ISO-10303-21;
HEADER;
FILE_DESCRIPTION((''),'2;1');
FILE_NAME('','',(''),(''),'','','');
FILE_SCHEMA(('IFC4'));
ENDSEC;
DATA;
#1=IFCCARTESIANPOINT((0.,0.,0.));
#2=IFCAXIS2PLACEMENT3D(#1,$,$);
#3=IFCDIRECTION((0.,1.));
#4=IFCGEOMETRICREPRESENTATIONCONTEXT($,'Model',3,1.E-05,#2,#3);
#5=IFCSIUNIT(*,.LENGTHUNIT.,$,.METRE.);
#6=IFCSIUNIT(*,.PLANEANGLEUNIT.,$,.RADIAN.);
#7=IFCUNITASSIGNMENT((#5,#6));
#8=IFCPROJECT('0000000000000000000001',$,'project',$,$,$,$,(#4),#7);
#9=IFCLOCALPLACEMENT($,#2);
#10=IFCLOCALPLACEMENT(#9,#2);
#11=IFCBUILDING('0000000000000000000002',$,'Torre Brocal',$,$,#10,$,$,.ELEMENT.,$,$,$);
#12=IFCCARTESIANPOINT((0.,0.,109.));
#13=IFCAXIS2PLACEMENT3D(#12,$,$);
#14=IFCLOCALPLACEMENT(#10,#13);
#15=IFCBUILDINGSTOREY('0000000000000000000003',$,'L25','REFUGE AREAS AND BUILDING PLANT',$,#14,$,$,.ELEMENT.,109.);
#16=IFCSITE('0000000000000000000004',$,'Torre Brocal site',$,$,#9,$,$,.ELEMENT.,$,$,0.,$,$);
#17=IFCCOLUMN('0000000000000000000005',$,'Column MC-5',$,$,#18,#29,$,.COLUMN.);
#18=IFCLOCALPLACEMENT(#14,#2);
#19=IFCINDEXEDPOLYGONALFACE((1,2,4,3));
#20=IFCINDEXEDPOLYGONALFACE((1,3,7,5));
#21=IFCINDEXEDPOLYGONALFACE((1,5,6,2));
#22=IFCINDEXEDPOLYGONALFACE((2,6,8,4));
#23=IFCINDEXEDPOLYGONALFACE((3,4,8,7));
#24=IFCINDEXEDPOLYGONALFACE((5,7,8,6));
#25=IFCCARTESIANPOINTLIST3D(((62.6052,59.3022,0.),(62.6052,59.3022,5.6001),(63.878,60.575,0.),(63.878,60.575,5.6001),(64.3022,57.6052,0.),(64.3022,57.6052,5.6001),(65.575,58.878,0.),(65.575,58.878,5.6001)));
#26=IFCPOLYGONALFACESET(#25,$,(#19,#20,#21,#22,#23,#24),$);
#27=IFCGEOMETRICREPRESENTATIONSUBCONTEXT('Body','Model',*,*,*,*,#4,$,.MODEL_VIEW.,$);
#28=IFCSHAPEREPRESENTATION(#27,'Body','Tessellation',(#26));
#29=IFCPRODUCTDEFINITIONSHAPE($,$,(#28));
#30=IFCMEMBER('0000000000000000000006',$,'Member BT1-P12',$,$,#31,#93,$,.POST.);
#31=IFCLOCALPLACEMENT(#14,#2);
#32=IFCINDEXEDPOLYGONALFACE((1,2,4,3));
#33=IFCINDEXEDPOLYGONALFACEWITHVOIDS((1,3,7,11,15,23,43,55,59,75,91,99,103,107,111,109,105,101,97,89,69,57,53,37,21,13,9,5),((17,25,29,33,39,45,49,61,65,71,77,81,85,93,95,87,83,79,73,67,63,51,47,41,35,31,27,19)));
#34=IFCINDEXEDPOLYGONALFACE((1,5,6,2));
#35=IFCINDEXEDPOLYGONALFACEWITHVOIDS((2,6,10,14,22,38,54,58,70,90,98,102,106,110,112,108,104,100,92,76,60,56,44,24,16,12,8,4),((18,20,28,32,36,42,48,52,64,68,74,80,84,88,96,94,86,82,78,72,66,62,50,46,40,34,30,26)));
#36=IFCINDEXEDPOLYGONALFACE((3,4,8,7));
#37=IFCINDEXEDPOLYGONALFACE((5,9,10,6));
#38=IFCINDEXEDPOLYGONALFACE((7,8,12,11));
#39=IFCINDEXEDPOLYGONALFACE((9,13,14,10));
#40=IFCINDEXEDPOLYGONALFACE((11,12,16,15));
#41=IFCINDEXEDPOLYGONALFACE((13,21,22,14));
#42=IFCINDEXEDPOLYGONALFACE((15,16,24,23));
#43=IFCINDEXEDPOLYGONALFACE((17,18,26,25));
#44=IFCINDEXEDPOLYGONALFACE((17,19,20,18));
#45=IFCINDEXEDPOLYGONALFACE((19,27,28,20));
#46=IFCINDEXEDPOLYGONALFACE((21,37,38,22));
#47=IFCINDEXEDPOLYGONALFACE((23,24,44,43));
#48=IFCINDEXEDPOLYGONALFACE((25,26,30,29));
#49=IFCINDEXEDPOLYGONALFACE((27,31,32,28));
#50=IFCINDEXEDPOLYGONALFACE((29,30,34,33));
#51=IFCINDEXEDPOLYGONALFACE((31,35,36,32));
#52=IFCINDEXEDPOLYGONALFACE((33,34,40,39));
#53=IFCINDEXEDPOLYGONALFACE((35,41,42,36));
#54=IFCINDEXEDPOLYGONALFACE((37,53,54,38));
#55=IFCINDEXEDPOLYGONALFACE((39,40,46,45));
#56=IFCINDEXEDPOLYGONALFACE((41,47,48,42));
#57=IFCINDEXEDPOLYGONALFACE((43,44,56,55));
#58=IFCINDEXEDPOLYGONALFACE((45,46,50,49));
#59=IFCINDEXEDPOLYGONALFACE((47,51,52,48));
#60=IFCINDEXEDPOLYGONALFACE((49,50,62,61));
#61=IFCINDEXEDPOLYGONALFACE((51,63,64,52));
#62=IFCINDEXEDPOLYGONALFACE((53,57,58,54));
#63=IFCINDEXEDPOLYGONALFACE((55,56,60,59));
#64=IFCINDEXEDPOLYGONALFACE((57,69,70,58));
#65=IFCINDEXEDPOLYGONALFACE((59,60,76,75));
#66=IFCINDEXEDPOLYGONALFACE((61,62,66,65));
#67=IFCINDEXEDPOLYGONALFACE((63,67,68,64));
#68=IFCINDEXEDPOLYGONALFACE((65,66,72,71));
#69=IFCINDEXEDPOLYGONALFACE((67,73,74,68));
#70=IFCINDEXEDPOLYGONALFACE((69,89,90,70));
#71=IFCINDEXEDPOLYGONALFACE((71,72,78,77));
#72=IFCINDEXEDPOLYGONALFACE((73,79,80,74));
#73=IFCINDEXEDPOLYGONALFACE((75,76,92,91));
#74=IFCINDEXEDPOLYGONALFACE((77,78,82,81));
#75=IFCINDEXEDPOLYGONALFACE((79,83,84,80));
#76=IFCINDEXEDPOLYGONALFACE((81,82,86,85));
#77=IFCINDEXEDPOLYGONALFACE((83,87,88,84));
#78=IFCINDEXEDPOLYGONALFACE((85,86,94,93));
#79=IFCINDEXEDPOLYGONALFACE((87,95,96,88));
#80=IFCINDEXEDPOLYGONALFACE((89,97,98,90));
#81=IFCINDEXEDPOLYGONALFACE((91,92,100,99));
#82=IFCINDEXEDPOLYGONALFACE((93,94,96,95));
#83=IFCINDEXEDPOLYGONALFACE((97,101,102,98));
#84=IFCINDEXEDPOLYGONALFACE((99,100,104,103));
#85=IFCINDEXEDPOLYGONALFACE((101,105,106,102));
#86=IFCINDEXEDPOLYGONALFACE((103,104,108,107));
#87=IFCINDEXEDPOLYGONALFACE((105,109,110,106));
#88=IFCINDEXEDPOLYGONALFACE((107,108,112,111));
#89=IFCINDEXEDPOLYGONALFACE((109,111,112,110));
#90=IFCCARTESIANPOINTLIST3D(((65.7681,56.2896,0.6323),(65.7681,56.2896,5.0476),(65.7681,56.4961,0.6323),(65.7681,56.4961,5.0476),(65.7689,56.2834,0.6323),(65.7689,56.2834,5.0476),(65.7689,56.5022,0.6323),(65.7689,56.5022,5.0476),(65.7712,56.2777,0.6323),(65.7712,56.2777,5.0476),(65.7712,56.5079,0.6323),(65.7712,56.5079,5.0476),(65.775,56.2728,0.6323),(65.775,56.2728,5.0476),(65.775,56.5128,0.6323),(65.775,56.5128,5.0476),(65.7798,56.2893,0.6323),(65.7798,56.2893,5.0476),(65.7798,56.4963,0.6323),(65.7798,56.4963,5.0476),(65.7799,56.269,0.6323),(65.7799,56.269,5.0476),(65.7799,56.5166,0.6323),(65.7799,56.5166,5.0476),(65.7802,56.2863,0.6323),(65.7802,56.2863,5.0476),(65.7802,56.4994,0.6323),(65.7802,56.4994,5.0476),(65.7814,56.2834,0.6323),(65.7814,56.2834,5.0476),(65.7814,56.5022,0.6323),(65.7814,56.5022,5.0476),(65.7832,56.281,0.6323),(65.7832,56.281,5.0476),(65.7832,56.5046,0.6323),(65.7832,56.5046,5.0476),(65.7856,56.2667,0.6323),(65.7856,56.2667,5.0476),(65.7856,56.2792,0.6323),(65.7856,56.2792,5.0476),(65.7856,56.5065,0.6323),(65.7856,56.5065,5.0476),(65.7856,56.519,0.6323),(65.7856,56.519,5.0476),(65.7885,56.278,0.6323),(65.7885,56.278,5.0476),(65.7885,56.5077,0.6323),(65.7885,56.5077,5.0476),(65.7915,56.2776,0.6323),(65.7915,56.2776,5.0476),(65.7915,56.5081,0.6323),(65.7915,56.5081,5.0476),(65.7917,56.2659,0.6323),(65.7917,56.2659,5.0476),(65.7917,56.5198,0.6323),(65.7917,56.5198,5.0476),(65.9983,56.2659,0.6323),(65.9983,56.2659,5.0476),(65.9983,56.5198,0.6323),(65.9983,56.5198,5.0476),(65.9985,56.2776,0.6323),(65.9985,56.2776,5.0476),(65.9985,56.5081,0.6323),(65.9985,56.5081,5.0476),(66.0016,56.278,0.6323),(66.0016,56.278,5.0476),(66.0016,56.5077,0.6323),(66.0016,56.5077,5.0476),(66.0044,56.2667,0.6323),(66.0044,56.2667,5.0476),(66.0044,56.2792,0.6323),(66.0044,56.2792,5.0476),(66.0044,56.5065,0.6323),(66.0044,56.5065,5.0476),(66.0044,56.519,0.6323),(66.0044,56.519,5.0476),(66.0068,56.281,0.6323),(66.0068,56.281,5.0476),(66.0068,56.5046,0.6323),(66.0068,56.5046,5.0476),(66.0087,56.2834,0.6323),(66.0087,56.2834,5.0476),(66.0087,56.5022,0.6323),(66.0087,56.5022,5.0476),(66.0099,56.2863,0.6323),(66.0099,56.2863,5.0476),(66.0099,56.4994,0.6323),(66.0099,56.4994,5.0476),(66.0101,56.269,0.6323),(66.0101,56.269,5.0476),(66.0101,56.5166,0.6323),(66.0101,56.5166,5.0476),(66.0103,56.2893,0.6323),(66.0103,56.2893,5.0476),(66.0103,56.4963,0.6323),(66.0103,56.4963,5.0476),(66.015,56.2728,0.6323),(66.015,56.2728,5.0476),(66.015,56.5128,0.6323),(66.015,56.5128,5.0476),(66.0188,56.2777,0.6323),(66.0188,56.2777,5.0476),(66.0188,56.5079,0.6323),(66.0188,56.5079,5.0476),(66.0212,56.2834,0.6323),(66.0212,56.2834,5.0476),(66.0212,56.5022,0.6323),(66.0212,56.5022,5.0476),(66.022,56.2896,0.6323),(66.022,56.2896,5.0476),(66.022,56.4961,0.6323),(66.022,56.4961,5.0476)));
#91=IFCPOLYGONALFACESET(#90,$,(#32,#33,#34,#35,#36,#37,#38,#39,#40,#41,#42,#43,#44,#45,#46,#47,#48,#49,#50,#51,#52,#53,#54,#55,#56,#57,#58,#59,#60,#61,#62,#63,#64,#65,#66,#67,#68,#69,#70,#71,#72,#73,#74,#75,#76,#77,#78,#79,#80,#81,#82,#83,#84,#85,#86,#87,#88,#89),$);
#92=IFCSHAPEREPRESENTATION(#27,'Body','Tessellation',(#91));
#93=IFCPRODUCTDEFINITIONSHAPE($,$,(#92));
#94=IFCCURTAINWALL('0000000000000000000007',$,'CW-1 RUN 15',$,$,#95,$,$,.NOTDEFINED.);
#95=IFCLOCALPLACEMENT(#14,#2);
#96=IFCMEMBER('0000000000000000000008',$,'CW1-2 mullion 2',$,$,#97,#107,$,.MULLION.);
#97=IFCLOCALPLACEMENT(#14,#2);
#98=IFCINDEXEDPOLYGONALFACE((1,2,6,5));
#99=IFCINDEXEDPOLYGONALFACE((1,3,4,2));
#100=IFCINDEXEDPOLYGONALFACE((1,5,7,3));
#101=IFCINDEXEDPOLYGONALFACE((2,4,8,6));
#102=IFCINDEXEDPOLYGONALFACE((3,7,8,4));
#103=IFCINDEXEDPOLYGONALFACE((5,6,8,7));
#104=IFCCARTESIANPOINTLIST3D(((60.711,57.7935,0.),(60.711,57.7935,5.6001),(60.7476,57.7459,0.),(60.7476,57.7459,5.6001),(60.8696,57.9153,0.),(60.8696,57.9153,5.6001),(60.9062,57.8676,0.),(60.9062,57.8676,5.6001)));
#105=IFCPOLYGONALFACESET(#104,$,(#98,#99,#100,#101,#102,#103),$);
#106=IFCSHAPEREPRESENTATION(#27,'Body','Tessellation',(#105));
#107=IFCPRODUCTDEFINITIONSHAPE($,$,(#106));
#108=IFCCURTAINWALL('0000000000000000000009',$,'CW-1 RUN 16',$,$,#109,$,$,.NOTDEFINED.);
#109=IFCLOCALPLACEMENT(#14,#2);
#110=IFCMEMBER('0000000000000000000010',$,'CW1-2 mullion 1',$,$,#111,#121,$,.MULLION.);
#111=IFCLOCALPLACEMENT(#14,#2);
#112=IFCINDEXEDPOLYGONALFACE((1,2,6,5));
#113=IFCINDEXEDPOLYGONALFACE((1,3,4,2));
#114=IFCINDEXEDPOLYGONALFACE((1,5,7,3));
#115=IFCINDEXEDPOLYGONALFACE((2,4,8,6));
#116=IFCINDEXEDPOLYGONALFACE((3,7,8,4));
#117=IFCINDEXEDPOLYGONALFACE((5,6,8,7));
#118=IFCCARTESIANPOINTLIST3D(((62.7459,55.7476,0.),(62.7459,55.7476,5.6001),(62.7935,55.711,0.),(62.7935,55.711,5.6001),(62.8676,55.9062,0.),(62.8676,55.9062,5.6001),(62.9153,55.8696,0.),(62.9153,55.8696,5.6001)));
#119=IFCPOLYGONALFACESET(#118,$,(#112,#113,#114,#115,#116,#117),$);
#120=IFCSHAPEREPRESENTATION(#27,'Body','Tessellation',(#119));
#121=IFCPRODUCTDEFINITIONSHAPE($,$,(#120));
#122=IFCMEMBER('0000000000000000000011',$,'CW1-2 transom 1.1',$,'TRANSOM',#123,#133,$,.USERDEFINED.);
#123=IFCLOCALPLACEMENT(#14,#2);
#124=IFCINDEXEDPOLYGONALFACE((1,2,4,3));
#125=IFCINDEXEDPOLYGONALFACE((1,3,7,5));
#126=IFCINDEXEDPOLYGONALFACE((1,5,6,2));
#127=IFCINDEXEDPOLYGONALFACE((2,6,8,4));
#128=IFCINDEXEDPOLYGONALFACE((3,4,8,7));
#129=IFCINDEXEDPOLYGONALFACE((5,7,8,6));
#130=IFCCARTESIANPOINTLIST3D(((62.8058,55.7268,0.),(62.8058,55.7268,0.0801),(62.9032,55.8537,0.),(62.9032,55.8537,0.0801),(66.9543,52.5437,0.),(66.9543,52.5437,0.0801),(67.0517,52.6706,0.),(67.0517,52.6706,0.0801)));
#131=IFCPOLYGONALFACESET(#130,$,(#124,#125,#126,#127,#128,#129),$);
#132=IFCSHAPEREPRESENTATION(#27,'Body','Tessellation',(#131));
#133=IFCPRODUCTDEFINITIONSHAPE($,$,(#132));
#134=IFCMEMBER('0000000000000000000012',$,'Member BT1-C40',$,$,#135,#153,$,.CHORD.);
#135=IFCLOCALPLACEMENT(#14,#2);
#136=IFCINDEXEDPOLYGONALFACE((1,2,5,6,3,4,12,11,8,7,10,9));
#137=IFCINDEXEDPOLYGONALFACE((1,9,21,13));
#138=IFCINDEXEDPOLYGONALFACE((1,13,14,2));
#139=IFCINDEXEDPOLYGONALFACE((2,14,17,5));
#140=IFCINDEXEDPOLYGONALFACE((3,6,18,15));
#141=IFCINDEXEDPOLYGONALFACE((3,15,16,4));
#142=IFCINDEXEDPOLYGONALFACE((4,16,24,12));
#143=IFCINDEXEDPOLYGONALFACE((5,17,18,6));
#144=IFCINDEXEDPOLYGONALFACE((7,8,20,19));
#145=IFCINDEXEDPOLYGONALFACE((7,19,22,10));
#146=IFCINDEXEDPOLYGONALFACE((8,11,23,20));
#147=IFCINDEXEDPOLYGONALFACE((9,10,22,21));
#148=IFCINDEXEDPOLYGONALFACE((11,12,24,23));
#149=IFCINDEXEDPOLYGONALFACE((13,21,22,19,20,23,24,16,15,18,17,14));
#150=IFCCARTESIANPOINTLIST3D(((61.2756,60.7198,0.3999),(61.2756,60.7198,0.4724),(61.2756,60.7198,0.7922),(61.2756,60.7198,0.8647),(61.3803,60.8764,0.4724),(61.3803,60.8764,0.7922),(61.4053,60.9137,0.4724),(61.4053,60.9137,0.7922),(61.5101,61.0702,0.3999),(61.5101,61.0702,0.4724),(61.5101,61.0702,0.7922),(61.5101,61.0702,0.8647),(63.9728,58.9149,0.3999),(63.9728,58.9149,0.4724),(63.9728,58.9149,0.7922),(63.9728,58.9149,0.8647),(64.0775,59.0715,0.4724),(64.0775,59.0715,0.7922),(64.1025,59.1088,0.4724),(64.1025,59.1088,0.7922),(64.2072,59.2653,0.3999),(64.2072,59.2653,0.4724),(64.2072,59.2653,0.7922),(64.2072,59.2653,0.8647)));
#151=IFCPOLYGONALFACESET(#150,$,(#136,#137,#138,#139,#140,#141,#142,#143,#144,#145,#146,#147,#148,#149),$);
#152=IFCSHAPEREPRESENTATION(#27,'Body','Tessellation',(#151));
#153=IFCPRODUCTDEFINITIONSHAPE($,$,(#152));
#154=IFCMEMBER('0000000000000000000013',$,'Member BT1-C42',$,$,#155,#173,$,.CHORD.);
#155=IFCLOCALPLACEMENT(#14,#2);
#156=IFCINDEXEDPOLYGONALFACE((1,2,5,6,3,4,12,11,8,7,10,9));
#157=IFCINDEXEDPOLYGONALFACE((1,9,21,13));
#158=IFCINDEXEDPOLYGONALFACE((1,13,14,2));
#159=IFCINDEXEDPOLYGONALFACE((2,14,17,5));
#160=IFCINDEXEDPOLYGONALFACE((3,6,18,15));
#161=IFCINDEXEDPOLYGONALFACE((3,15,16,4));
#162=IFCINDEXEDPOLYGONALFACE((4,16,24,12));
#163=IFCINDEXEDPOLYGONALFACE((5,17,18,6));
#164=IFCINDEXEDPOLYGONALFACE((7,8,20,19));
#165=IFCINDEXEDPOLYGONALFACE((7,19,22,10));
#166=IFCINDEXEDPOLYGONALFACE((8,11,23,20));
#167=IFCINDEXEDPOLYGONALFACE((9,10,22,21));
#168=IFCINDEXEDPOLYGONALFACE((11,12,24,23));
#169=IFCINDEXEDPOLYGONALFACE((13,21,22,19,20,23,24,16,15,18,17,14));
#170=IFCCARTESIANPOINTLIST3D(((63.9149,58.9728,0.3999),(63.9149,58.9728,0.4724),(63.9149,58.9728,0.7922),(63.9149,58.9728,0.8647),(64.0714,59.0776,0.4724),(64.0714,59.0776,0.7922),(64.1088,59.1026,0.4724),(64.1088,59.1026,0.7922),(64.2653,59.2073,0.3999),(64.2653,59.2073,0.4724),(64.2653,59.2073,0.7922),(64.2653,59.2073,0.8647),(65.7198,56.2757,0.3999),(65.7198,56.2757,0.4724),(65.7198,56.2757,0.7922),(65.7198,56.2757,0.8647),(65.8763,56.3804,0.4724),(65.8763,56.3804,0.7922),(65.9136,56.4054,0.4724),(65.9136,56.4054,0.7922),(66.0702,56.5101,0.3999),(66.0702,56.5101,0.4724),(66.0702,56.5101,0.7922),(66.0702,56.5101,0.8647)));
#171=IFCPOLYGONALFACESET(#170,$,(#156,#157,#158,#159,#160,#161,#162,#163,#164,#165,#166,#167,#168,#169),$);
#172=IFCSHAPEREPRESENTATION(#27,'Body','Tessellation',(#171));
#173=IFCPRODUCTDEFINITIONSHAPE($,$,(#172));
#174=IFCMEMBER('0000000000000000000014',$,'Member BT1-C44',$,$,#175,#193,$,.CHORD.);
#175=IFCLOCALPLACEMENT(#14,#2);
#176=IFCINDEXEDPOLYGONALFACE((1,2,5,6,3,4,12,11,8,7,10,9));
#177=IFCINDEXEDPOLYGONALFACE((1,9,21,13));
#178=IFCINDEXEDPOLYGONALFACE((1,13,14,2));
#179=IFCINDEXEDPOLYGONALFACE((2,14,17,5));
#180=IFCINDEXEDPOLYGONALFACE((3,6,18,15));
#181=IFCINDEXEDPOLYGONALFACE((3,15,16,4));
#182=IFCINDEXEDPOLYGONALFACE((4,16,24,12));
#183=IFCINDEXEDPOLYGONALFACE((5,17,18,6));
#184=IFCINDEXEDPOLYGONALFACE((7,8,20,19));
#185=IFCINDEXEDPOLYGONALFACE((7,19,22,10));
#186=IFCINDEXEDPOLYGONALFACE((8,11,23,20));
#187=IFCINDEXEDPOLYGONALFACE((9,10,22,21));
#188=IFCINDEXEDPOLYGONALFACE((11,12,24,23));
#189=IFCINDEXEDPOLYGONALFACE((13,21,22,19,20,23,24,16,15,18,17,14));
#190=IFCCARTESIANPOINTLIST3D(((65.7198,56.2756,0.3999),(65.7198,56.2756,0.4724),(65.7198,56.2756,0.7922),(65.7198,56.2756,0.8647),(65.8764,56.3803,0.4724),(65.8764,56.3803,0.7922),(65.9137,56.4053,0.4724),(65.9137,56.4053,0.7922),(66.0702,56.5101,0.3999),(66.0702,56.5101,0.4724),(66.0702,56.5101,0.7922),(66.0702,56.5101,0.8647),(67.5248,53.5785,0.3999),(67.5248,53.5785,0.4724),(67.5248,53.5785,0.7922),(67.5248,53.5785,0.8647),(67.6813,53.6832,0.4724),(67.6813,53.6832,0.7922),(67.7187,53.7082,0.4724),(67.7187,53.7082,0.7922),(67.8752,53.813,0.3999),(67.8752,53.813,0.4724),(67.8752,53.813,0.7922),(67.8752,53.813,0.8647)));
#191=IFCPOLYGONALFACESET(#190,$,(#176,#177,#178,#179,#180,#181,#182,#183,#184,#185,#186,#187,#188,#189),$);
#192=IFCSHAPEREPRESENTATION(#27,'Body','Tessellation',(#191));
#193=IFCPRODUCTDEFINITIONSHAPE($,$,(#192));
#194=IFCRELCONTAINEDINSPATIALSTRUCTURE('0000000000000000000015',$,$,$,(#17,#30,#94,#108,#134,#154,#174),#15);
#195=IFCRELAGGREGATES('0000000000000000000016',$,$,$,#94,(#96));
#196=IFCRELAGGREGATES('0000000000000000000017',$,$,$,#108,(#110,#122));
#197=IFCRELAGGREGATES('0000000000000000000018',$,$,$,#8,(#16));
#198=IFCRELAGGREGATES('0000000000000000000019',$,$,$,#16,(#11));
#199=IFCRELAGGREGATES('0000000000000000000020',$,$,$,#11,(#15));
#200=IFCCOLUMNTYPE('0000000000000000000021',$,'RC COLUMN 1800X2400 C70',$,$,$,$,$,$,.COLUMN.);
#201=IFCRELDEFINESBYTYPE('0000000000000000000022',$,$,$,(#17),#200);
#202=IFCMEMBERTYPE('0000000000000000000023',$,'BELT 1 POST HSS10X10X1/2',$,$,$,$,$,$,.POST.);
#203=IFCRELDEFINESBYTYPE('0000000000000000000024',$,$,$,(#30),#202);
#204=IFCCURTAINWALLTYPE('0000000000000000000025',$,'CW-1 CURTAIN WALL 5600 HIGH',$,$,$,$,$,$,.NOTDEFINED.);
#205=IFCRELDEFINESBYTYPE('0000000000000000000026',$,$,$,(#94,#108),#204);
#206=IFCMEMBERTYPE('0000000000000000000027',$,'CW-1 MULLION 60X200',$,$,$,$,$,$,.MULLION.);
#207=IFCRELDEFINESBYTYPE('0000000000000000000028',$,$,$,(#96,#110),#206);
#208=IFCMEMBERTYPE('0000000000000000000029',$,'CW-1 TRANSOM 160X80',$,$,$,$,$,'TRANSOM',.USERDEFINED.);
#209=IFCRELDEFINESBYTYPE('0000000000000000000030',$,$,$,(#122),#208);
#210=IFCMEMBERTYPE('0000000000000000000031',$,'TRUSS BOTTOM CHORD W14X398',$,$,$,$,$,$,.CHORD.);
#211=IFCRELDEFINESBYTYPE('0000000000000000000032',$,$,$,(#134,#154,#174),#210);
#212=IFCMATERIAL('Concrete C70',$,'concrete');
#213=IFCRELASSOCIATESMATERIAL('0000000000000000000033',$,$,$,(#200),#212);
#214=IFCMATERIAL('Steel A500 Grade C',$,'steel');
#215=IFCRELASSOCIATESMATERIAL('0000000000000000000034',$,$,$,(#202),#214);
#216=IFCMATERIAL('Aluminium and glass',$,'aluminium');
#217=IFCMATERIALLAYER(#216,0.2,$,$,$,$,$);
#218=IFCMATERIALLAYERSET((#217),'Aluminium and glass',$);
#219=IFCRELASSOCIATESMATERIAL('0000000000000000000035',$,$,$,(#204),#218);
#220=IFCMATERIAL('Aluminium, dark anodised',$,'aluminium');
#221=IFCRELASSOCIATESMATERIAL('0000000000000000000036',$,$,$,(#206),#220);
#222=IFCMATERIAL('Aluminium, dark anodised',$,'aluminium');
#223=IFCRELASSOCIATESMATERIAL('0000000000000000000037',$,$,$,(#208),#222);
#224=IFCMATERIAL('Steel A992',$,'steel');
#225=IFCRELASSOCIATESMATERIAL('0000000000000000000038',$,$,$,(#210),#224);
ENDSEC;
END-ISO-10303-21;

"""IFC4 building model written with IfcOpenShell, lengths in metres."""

from ifc_helpers import new_model, si_unit, direction, frame, origin, origin_2d, place, context, subcontext, project, spatial, rectangle, hollow_rectangle, i_section, extrude, material, layer, layer_set, material_profile, profile_set, type_object, element, aggregate, save


model = new_model("IFC4")

# Units and contexts
model_context = context("Model", 3, precision=1e-05, world=origin(), true_north=direction((0.0, 1.0)))
body_context = subcontext(model_context, "Body", "Model", "MODEL_VIEW")
ifc_project = project(units=[si_unit("LENGTHUNIT", "METRE"), si_unit("PLANEANGLEUNIT", "RADIAN")], contexts=[model_context])

# Site, building, storey
site_placement = place(None, origin())
site = spatial("IfcSite", under=ifc_project, at=site_placement, Name="Torre Brocal site", CompositionType="ELEMENT", RefElevation=0.0)
building_placement = place(site_placement, origin())
building = spatial("IfcBuilding", under=site, at=building_placement, Name="Torre Brocal", CompositionType="ELEMENT")
storey_placement = place(building_placement, frame((0.0, 0.0, 109.0)))
storey = spatial("IfcBuildingStorey", under=building, at=storey_placement, Name="L25", Description="REFUGE AREAS AND BUILDING PLANT", CompositionType="ELEMENT", Elevation=109.0)

# Column
ifc_material_1 = material(Name="Concrete C70", Category="concrete")
ifc_material_profile_1 = material_profile(ifc_material_1, rectangle(XDim=1.8, YDim=2.3999, at=origin_2d()), Name="RC 1800X2400")
ifc_profile_set_1 = profile_set([ifc_material_profile_1], Name="Concrete C70")
column_type = type_object("IfcColumnType", Name="RC COLUMN 1800X2400 C70", PredefinedType="COLUMN", material=ifc_profile_set_1)
column_placement = place(storey_placement, frame((64.0901, 59.0901, 0.0), z_axis=(0.0, 0.0, 1.0), x_axis=(-0.707107, -0.707107, 0.0)))
element("IfcColumn", 1, at=column_placement, inside=storey, type_object=column_type, Name="Column MC-5", PredefinedType="COLUMN", context=body_context, shape_type="SweptSolid", body=[
    extrude(rectangle(XDim=1.8, YDim=2.3999, at=origin_2d()), origin(), (0.0, 0.0, 1.0), 5.6001),
])

# Member
ifc_material_2 = material(Name="Steel A500 Grade C", Category="steel")
ifc_material_profile_2 = material_profile(ifc_material_2, hollow_rectangle(XDim=0.2539, YDim=0.2539, WallThickness=0.0117, InnerFilletRadius=0.0117, OuterFilletRadius=0.0237, at=origin_2d()), Name="HSS10X10X1/2")
ifc_profile_set_2 = profile_set([ifc_material_profile_2], Name="Steel A500 Grade C")
member_type_1 = type_object("IfcMemberType", Name="BELT 1 POST HSS10X10X1/2", PredefinedType="POST", material=ifc_profile_set_2)
member_1_placement = place(storey_placement, frame((65.895, 56.3928, 0.6323), z_axis=(0.0, 0.0, 1.0), x_axis=(1.0, 0.0, 0.0)))
element("IfcMember", 2, at=member_1_placement, inside=storey, type_object=member_type_1, Name="Member BT1-P12", PredefinedType="POST", context=body_context, shape_type="SweptSolid", body=[
    extrude(hollow_rectangle(XDim=0.2539, YDim=0.2539, WallThickness=0.0117, InnerFilletRadius=0.0117, OuterFilletRadius=0.0237, at=origin_2d()), origin(), (0.0, 0.0, 1.0), 4.4153),
])

# Curtain wall, member
ifc_material_3 = material(Name="Aluminium and glass", Category="aluminium")
ifc_layer_1 = layer(ifc_material_3, 0.2)
ifc_layer_set_1 = layer_set([ifc_layer_1], Name="Aluminium and glass")
curtain_wall_type = type_object("IfcCurtainWallType", Name="CW-1 CURTAIN WALL 5600 HIGH", PredefinedType="NOTDEFINED", material=ifc_layer_set_1)
curtain_wall_1_placement = place(storey_placement, origin())
curtain_wall_1 = element("IfcCurtainWall", 3, at=curtain_wall_1_placement, inside=storey, type_object=curtain_wall_type, Name="CW-1 RUN 15", PredefinedType="NOTDEFINED")
ifc_material_4 = material(Name="Aluminium, dark anodised", Category="aluminium")
ifc_material_profile_3 = material_profile(ifc_material_4, rectangle(XDim=0.2, YDim=0.0601, at=origin_2d()), Name="CW-1 MULLION 60X200")
ifc_profile_set_3 = profile_set([ifc_material_profile_3], Name="Aluminium, dark anodised")
member_type_2 = type_object("IfcMemberType", Name="CW-1 MULLION 60X200", PredefinedType="MULLION", material=ifc_profile_set_3)
member_2_placement = place(storey_placement, frame((60.8086, 57.8306, 0.0), z_axis=(0.0, 0.0, 1.0), x_axis=(0.793353, 0.608761, 0.0)))
member_2 = element("IfcMember", 4, at=member_2_placement, type_object=member_type_2, Name="CW1-2 mullion 2", PredefinedType="MULLION", context=body_context, shape_type="SweptSolid", body=[
    extrude(rectangle(XDim=0.2, YDim=0.0601, at=origin_2d()), origin(), (0.0, 0.0, 1.0), 5.6001),
])

# Curtain wall, members
curtain_wall_2_placement = place(storey_placement, origin())
curtain_wall_2 = element("IfcCurtainWall", 5, at=curtain_wall_2_placement, inside=storey, type_object=curtain_wall_type, Name="CW-1 RUN 16", PredefinedType="NOTDEFINED")
member_3_placement = place(storey_placement, frame((62.8306, 55.8086, 0.0), z_axis=(0.0, 0.0, 1.0), x_axis=(0.608761, 0.793353, 0.0)))
member_3 = element("IfcMember", 6, at=member_3_placement, type_object=member_type_2, Name="CW1-2 mullion 1", PredefinedType="MULLION", context=body_context, shape_type="SweptSolid", body=[
    extrude(rectangle(XDim=0.2, YDim=0.0601, at=origin_2d()), origin(), (0.0, 0.0, 1.0), 5.6001),
])
ifc_material_5 = material(Name="Aluminium, dark anodised", Category="aluminium")
ifc_material_profile_4 = material_profile(ifc_material_5, rectangle(XDim=0.1599, YDim=0.0801, at=origin_2d()), Name="CW-1 TRANSOM 160X80")
ifc_profile_set_4 = profile_set([ifc_material_profile_4], Name="Aluminium, dark anodised")
member_type_3 = type_object("IfcMemberType", Name="CW-1 TRANSOM 160X80", ElementType="TRANSOM", PredefinedType="USERDEFINED", material=ifc_profile_set_4)
member_4_placement = place(storey_placement, frame((62.8545, 55.7903, 0.04), z_axis=(0.793363, -0.608749, 0.0), x_axis=(0.608749, 0.793363, 0.0)))
member_4 = element("IfcMember", 7, at=member_4_placement, type_object=member_type_3, Name="CW1-2 transom 1.1", ObjectType="TRANSOM", PredefinedType="USERDEFINED", context=body_context, shape_type="SweptSolid", body=[
    extrude(rectangle(XDim=0.1599, YDim=0.0801, at=origin_2d()), origin(), (0.0, 0.0, 1.0), 5.229),
])

# Members
ifc_material_6 = material(Name="Steel A992", Category="steel")
ifc_material_profile_5 = material_profile(ifc_material_6, i_section(OverallWidth=0.4216, OverallDepth=0.4648, WebThickness=0.0449, FlangeThickness=0.0725, at=origin_2d()), Name="W14X398")
ifc_profile_set_5 = profile_set([ifc_material_profile_5], Name="Steel A992")
member_type_4 = type_object("IfcMemberType", Name="TRUSS BOTTOM CHORD W14X398", PredefinedType="CHORD", material=ifc_profile_set_5)
for number, where, z_axis, x_axis, name in (
    (8, (61.3928, 60.895, 0.6323), (0.831088, -0.55614, 0.0), (0.55614, 0.831088, 0.0), "Member BT1-C40"),
    (9, (64.0901, 59.0901, 0.6323), (0.55614, -0.831088, 0.0), (0.831088, 0.55614, 0.0), "Member BT1-C42"),
    (10, (65.895, 56.3928, 0.6323), (0.556175, -0.831065, 0.0), (0.831065, 0.556175, 0.0), "Member BT1-C44"),
):
    element("IfcMember", number, at=place(storey_placement, frame(where, z_axis=z_axis, x_axis=x_axis)), inside=storey, type_object=member_type_4, Name=name, PredefinedType="CHORD", context=body_context, shape_type="SweptSolid", body=[
        extrude(i_section(OverallWidth=0.4216, OverallDepth=0.4648, WebThickness=0.0449, FlangeThickness=0.0725, at=origin_2d()), origin(), (0.0, 0.0, 1.0), 3.2454),
    ])

aggregate(curtain_wall_1, [member_2])
aggregate(curtain_wall_2, [member_3, member_4])

save(model, "model.ifc")
